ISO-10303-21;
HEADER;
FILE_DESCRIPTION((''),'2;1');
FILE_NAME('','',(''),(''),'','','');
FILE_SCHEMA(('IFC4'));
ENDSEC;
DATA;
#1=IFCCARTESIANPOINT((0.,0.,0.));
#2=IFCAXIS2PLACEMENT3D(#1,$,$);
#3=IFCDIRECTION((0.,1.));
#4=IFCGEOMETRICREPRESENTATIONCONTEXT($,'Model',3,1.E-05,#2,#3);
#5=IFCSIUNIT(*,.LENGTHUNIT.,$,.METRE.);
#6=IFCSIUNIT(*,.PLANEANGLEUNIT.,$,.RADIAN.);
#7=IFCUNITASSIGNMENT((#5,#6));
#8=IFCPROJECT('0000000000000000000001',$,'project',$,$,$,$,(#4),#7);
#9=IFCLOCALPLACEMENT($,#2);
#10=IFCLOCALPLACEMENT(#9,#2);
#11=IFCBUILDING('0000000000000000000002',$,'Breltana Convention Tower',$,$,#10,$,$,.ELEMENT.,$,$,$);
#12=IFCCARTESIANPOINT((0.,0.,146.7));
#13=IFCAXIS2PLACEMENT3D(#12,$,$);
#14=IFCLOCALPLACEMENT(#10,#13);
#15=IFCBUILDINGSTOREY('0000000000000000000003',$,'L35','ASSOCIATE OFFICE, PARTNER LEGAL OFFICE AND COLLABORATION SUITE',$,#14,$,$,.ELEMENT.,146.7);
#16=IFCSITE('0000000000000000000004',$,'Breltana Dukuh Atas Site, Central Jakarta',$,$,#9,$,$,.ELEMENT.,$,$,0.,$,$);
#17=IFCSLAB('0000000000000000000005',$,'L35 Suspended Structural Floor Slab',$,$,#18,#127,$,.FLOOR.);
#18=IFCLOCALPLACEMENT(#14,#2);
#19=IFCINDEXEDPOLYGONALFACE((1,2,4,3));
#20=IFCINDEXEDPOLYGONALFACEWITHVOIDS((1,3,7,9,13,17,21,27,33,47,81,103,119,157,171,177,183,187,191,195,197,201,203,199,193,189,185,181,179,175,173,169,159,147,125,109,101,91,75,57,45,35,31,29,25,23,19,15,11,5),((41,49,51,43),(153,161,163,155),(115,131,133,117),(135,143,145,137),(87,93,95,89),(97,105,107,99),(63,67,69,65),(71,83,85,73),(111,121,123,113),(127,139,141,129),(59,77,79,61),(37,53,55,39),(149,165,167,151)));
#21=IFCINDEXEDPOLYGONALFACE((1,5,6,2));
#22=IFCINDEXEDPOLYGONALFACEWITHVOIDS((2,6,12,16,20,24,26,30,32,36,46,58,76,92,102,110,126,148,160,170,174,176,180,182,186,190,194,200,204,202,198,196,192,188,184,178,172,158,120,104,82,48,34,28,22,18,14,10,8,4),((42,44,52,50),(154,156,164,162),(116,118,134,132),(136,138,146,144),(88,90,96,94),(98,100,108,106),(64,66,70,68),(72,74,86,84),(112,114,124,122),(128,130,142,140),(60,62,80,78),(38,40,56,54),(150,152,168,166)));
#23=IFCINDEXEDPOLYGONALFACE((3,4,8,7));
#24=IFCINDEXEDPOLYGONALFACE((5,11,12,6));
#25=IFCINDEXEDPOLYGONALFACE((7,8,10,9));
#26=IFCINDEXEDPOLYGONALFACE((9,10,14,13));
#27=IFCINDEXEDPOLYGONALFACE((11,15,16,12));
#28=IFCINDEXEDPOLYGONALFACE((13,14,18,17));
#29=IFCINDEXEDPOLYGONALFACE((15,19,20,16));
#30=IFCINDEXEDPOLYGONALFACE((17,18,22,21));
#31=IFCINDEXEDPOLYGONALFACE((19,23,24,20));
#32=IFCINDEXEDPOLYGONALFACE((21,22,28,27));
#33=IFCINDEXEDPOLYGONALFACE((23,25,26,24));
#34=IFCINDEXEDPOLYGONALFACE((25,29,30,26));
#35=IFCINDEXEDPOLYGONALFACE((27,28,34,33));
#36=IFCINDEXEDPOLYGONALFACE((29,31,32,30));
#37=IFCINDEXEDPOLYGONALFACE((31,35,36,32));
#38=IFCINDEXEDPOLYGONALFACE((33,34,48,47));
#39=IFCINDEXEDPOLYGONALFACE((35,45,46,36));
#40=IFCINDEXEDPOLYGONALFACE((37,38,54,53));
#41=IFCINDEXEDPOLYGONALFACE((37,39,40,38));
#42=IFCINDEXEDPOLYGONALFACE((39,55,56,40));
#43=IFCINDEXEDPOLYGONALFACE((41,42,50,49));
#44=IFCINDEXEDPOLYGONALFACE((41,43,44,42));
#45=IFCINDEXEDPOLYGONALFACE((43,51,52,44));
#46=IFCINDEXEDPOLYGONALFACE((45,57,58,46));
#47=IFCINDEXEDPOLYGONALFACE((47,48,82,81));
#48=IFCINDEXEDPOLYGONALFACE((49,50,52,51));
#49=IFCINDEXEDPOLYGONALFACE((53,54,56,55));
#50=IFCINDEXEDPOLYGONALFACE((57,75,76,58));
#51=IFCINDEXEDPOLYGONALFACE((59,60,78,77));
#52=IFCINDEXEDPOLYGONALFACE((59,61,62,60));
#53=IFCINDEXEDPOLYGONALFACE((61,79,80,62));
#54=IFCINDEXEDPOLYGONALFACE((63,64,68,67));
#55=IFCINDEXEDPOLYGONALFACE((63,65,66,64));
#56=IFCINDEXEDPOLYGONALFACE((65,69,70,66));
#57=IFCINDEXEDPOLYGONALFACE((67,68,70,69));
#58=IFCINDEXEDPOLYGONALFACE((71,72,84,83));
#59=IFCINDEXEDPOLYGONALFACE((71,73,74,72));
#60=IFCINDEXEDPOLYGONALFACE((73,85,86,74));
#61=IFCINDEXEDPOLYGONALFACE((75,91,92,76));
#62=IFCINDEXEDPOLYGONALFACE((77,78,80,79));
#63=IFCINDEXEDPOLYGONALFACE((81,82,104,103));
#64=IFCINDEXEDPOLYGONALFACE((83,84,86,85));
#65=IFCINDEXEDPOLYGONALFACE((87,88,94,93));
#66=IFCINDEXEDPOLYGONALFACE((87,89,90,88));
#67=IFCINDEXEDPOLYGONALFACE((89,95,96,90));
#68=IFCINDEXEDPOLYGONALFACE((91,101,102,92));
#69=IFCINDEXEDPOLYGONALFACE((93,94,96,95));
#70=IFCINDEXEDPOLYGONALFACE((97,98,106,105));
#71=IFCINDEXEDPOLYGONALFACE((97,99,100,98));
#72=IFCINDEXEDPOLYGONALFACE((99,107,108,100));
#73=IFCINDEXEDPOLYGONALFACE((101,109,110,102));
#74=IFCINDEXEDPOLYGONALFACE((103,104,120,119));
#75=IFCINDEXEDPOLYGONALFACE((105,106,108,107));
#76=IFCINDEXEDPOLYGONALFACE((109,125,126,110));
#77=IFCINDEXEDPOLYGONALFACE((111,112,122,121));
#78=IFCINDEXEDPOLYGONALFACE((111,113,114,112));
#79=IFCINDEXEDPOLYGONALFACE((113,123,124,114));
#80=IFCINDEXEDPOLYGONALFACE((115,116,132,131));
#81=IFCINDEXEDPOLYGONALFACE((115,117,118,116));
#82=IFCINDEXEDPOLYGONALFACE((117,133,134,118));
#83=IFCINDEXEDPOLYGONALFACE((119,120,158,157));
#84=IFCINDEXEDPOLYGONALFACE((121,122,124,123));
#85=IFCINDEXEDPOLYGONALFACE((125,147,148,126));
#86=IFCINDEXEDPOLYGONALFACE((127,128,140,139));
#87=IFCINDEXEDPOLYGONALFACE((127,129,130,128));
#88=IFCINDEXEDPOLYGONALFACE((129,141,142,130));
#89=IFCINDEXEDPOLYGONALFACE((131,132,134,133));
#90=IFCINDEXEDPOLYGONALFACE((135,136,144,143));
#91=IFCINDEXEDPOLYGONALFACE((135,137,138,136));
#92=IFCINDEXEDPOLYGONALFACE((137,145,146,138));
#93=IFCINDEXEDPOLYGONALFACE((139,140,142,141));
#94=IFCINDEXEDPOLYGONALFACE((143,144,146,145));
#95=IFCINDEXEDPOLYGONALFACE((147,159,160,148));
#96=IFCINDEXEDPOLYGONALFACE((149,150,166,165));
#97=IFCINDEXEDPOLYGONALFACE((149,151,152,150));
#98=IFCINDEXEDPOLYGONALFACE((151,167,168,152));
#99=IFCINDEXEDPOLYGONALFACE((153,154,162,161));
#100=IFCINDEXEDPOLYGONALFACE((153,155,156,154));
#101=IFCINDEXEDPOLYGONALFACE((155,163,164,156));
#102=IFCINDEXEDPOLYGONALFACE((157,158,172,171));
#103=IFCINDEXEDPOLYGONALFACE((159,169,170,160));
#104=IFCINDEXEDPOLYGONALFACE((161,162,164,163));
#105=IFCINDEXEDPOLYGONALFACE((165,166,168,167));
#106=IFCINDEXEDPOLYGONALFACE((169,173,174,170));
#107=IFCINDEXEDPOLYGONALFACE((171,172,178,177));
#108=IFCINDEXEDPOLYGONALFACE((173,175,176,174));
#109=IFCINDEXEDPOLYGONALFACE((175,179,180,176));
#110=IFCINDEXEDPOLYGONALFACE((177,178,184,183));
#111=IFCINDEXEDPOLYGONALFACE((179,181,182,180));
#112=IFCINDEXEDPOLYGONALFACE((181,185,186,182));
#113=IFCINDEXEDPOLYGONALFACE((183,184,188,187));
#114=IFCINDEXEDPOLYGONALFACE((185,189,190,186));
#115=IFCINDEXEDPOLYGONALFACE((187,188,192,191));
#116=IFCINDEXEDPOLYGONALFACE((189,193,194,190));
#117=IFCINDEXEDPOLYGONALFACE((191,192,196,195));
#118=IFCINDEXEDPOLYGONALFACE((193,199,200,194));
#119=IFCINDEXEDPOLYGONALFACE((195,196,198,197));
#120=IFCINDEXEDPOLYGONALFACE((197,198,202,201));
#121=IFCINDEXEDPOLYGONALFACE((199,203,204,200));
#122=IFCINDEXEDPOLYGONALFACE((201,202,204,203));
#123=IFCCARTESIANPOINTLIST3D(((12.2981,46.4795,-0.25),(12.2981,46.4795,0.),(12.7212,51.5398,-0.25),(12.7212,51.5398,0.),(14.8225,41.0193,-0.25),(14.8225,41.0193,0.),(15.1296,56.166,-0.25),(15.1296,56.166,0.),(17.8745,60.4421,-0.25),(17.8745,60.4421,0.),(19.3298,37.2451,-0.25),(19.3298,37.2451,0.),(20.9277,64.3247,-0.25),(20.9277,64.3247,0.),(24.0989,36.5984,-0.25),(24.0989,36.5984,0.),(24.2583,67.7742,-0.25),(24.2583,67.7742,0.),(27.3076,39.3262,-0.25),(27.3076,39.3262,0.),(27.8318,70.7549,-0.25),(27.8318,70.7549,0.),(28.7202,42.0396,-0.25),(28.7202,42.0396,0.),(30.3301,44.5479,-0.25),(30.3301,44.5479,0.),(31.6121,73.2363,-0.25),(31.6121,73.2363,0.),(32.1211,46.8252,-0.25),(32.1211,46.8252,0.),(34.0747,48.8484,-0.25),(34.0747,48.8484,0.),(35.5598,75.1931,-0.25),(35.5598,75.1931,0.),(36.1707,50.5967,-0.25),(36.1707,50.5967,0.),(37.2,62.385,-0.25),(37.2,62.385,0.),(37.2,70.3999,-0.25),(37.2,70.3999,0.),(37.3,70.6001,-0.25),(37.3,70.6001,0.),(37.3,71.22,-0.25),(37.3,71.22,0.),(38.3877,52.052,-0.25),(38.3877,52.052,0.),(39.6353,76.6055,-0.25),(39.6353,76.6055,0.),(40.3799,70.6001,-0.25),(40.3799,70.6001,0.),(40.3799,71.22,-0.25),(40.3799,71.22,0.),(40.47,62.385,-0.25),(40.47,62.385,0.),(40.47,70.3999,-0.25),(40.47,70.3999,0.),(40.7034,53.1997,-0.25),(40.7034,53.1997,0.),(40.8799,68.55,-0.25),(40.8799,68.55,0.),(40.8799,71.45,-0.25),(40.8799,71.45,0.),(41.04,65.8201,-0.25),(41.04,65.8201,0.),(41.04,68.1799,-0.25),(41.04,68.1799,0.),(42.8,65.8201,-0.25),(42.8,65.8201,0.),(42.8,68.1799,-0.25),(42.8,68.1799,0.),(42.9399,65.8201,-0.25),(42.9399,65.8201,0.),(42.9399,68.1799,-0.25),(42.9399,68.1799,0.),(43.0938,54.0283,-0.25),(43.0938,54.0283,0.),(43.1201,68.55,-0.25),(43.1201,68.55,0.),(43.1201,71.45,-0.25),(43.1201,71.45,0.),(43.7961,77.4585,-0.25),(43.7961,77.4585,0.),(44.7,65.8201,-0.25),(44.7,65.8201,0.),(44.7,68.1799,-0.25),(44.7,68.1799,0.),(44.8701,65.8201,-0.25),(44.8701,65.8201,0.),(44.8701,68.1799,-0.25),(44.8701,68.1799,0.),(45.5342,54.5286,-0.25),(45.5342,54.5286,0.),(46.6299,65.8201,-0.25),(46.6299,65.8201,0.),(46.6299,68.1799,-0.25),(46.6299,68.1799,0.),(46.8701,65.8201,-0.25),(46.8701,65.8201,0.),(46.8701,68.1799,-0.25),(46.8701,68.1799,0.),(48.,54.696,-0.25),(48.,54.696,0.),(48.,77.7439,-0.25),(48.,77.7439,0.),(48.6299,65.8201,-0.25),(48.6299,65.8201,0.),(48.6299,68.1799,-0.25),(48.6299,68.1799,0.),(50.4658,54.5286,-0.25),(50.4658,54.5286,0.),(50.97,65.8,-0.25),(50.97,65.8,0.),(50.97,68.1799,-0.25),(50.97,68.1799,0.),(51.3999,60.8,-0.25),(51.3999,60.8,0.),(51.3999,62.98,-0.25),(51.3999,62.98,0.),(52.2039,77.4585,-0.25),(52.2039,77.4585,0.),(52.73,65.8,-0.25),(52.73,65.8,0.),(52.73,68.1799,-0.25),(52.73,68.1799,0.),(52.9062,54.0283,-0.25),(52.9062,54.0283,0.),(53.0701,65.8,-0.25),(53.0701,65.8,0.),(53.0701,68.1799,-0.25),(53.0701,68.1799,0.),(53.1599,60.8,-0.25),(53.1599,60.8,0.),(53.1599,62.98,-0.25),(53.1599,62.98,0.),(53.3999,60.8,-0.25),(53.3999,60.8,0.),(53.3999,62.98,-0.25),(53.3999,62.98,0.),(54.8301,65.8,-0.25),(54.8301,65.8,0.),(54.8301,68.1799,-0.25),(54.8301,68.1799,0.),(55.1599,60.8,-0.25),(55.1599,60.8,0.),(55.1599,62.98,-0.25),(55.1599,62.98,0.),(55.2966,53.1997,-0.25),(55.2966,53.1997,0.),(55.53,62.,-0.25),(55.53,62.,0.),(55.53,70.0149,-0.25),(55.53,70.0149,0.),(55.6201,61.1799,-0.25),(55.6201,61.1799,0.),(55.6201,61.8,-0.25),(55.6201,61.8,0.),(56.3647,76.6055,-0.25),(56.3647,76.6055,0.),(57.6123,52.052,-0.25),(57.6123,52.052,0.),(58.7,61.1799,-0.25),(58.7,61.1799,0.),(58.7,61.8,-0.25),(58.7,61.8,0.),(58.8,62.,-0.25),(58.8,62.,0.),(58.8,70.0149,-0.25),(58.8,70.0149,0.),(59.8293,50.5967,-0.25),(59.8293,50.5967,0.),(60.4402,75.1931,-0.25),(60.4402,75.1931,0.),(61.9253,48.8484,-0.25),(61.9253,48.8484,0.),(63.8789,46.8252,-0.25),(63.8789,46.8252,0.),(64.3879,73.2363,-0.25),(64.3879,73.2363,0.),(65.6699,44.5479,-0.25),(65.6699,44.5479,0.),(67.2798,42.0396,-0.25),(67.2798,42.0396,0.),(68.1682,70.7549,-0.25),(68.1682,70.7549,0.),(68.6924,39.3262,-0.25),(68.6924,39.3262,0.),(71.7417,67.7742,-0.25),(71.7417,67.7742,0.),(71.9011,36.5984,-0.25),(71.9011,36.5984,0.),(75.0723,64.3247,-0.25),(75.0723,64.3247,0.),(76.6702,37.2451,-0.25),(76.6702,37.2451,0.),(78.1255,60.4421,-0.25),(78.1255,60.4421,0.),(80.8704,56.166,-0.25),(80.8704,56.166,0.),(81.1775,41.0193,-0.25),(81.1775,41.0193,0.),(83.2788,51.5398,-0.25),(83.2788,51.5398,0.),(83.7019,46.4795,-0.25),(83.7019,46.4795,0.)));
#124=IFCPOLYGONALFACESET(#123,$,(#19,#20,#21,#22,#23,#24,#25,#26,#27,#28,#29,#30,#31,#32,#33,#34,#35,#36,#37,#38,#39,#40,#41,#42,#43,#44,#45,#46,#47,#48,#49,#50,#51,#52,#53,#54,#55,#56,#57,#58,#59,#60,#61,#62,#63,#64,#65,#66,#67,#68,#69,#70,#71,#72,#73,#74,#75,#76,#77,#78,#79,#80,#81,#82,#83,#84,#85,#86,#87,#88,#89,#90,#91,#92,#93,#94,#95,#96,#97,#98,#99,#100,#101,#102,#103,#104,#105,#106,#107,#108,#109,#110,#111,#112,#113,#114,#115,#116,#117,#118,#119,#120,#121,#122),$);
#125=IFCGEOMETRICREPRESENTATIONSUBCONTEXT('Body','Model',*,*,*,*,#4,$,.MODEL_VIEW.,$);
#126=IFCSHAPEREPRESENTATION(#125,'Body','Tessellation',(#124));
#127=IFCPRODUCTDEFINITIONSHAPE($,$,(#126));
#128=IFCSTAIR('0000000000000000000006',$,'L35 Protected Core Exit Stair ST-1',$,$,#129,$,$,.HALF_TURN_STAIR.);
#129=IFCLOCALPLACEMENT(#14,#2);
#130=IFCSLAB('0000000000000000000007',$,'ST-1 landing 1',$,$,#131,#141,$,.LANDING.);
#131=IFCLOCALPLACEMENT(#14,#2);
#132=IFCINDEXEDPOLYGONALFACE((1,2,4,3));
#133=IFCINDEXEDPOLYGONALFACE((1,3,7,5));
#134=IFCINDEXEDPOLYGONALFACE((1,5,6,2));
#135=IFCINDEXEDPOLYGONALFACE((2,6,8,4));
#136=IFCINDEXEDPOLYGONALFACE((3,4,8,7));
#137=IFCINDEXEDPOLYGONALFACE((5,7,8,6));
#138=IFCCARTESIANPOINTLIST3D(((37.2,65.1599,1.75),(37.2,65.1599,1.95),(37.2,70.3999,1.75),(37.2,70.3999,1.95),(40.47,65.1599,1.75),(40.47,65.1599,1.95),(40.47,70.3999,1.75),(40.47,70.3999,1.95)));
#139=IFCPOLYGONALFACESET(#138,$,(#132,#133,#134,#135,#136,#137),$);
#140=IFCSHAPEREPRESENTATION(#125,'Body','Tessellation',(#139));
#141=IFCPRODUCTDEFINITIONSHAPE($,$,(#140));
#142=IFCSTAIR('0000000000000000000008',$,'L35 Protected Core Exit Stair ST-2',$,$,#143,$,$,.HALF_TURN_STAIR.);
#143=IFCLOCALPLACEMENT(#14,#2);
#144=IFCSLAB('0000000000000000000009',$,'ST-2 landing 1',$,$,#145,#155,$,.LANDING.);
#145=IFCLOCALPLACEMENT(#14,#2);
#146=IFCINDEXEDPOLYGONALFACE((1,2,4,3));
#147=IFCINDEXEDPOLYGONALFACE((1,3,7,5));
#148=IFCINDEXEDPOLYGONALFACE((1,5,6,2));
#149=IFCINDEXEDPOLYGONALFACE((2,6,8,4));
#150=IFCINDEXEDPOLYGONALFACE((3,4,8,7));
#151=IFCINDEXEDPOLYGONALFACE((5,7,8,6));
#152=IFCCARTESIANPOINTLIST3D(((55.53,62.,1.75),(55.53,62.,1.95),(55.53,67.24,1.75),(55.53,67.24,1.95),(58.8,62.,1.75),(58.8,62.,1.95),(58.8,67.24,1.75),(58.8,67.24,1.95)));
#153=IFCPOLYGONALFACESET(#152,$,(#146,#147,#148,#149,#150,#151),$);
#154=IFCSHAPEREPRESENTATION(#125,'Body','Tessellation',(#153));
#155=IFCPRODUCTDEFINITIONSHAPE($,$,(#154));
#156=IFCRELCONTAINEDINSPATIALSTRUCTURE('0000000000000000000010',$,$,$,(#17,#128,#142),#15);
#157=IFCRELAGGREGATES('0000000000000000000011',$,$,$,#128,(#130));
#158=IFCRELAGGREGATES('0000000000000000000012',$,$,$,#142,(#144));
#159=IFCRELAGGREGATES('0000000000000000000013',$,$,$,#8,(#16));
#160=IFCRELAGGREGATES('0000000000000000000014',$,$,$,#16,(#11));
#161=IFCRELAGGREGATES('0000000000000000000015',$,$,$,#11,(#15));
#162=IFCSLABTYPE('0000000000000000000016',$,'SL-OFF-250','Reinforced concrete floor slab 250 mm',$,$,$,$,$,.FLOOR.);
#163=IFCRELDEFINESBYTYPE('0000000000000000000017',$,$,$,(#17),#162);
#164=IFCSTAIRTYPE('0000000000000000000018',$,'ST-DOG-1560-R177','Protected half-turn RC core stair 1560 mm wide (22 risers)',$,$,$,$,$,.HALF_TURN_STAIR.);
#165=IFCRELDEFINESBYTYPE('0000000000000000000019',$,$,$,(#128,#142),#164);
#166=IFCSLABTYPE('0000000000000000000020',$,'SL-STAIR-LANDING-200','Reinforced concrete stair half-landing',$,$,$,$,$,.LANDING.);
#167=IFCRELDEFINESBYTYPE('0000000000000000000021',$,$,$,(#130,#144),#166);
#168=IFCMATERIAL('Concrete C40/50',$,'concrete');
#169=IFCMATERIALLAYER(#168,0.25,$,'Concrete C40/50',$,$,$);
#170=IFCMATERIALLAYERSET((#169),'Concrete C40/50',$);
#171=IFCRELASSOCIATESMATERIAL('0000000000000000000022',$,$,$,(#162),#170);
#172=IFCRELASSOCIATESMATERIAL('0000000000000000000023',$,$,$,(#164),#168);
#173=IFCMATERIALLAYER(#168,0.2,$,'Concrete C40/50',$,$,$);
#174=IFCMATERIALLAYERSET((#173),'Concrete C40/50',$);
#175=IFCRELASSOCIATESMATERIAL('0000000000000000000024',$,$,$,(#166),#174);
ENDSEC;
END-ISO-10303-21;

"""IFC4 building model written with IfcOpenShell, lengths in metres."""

from ifc_helpers import new_model, si_unit, direction, frame, origin, place, context, subcontext, project, spatial, polyline, outline, extrude, material, layer, layer_set, type_object, element, aggregate, save


model = new_model("IFC4")

# Units and contexts
model_context = context("Model", 3, precision=1e-05, world=origin(), true_north=direction((0.0, 1.0)))
body_context = subcontext(model_context, "Body", "Model", "MODEL_VIEW")
ifc_project = project(units=[si_unit("LENGTHUNIT", "METRE"), si_unit("PLANEANGLEUNIT", "RADIAN")], contexts=[model_context])

# Site, building, storey
site_placement = place(None, origin())
site = spatial("IfcSite", under=ifc_project, at=site_placement, Name="Breltana Dukuh Atas Site, Central Jakarta", CompositionType="ELEMENT", RefElevation=0.0)
building_placement = place(site_placement, origin())
building = spatial("IfcBuilding", under=site, at=building_placement, Name="Breltana Convention Tower", CompositionType="ELEMENT")
storey_placement = place(building_placement, frame((0.0, 0.0, 146.7)))
storey = spatial("IfcBuildingStorey", under=building, at=storey_placement, Name="L35", Description="ASSOCIATE OFFICE, PARTNER LEGAL OFFICE AND COLLABORATION SUITE", CompositionType="ELEMENT", Elevation=146.7)

# Slab
ifc_material_1 = material(Name="Concrete C40/50", Category="concrete")
ifc_layer_1 = layer(ifc_material_1, 0.25, Name="Concrete C40/50")
ifc_layer_set_1 = layer_set([ifc_layer_1], Name="Concrete C40/50")
slab_type_1 = type_object("IfcSlabType", Name="SL-OFF-250", Description="Reinforced concrete floor slab 250 mm", PredefinedType="FLOOR", material=ifc_layer_set_1)
slab_1_placement = place(storey_placement, frame((0.0, 0.0, -0.25)))
element("IfcSlab", 1, at=slab_1_placement, inside=storey, type_object=slab_type_1, Name="L35 Suspended Structural Floor Slab", PredefinedType="FLOOR", context=body_context, shape_type="SweptSolid", body=[
    extrude(outline(polyline([(83.2788, 51.5398), (80.8704, 56.166), (78.1255, 60.4421), (75.0723, 64.3247), (71.7417, 67.7742), (68.1682, 70.7549), (64.3879, 73.2363), (60.4402, 75.1931), (56.3647, 76.6055), (52.2039, 77.4585), (48.0, 77.7439), (43.7961, 77.4585), (39.6353, 76.6055), (35.5598, 75.1931), (31.6121, 73.2363), (27.8318, 70.7549), (24.2583, 67.7742), (20.9277, 64.3247), (17.8745, 60.4421), (15.1296, 56.166), (12.7212, 51.5398), (12.2981, 46.4795), (14.8225, 41.0193), (19.3298, 37.2451), (24.0989, 36.5984), (27.3076, 39.3262), (28.7202, 42.0396), (30.3301, 44.5479), (32.1211, 46.8252), (34.0747, 48.8484), (36.1707, 50.5967), (38.3877, 52.052), (40.7034, 53.1997), (43.0938, 54.0283), (45.5342, 54.5286), (48.0, 54.696), (50.4658, 54.5286), (52.9062, 54.0283), (55.2966, 53.1997), (57.6123, 52.052), (59.8293, 50.5967), (61.9253, 48.8484), (63.8789, 46.8252), (65.6699, 44.5479), (67.2798, 42.0396), (68.6924, 39.3262), (71.9011, 36.5984), (76.6702, 37.2451), (81.1775, 41.0193), (83.7019, 46.4795), (83.2788, 51.5398)]), holes=[polyline([(37.2, 62.385), (40.47, 62.385), (40.47, 70.3999), (37.2, 70.3999), (37.2, 62.385)]), polyline([(55.53, 62.0), (58.8, 62.0), (58.8, 70.0149), (55.53, 70.0149), (55.53, 62.0)]), polyline([(51.3999, 60.8), (53.1599, 60.8), (53.1599, 62.98), (51.3999, 62.98), (51.3999, 60.8)]), polyline([(53.3999, 60.8), (55.1599, 60.8), (55.1599, 62.98), (53.3999, 62.98), (53.3999, 60.8)]), polyline([(41.04, 65.8201), (42.8, 65.8201), (42.8, 68.1799), (41.04, 68.1799), (41.04, 65.8201)]), polyline([(42.9399, 65.8201), (44.7, 65.8201), (44.7, 68.1799), (42.9399, 68.1799), (42.9399, 65.8201)]), polyline([(44.8701, 65.8201), (46.6299, 65.8201), (46.6299, 68.1799), (44.8701, 68.1799), (44.8701, 65.8201)]), polyline([(46.8701, 65.8201), (48.6299, 65.8201), (48.6299, 68.1799), (46.8701, 68.1799), (46.8701, 65.8201)]), polyline([(50.97, 65.8), (52.73, 65.8), (52.73, 68.1799), (50.97, 68.1799), (50.97, 65.8)]), polyline([(53.0701, 65.8), (54.8301, 65.8), (54.8301, 68.1799), (53.0701, 68.1799), (53.0701, 65.8)]), polyline([(40.8799, 68.55), (43.1201, 68.55), (43.1201, 71.45), (40.8799, 71.45), (40.8799, 68.55)]), polyline([(37.3, 70.6001), (40.3799, 70.6001), (40.3799, 71.22), (37.3, 71.22), (37.3, 70.6001)]), polyline([(55.6201, 61.1799), (58.7, 61.1799), (58.7, 61.8), (55.6201, 61.8), (55.6201, 61.1799)])]), origin(), (0.0, 0.0, 1.0), 0.25),
])

# Stairs, slabs
stair_type = type_object("IfcStairType", Name="ST-DOG-1560-R177", Description="Protected half-turn RC core stair 1560 mm wide (22 risers)", PredefinedType="HALF_TURN_STAIR", material=ifc_material_1)
stair_1_placement = place(storey_placement, origin())
stair_1 = element("IfcStair", 2, at=stair_1_placement, inside=storey, type_object=stair_type, Name="L35 Protected Core Exit Stair ST-1", PredefinedType="HALF_TURN_STAIR")
ifc_layer_2 = layer(ifc_material_1, 0.2, Name="Concrete C40/50")
ifc_layer_set_2 = layer_set([ifc_layer_2], Name="Concrete C40/50")
slab_type_2 = type_object("IfcSlabType", Name="SL-STAIR-LANDING-200", Description="Reinforced concrete stair half-landing", PredefinedType="LANDING", material=ifc_layer_set_2)
slab_2_placement = place(storey_placement, frame((0.0, 0.0, 1.75)))
slab_2 = element("IfcSlab", 3, at=slab_2_placement, type_object=slab_type_2, Name="ST-1 landing 1", PredefinedType="LANDING", context=body_context, shape_type="SweptSolid", body=[
    extrude(outline(polyline([(40.47, 65.1599), (40.47, 70.3999), (37.2, 70.3999), (37.2, 65.1599), (40.47, 65.1599)])), origin(), (0.0, 0.0, 1.0), 0.2),
])
aggregate(stair_1, [slab_2])
stair_2_placement = place(storey_placement, origin())
stair_2 = element("IfcStair", 4, at=stair_2_placement, inside=storey, type_object=stair_type, Name="L35 Protected Core Exit Stair ST-2", PredefinedType="HALF_TURN_STAIR")
slab_3_placement = place(storey_placement, frame((0.0, 0.0, 1.75)))
slab_3 = element("IfcSlab", 5, at=slab_3_placement, type_object=slab_type_2, Name="ST-2 landing 1", PredefinedType="LANDING", context=body_context, shape_type="SweptSolid", body=[
    extrude(outline(polyline([(55.53, 67.24), (55.53, 62.0), (58.8, 62.0), (58.8, 67.24), (55.53, 67.24)])), origin(), (0.0, 0.0, 1.0), 0.2),
])
aggregate(stair_2, [slab_3])

save(model, "model.ifc")
